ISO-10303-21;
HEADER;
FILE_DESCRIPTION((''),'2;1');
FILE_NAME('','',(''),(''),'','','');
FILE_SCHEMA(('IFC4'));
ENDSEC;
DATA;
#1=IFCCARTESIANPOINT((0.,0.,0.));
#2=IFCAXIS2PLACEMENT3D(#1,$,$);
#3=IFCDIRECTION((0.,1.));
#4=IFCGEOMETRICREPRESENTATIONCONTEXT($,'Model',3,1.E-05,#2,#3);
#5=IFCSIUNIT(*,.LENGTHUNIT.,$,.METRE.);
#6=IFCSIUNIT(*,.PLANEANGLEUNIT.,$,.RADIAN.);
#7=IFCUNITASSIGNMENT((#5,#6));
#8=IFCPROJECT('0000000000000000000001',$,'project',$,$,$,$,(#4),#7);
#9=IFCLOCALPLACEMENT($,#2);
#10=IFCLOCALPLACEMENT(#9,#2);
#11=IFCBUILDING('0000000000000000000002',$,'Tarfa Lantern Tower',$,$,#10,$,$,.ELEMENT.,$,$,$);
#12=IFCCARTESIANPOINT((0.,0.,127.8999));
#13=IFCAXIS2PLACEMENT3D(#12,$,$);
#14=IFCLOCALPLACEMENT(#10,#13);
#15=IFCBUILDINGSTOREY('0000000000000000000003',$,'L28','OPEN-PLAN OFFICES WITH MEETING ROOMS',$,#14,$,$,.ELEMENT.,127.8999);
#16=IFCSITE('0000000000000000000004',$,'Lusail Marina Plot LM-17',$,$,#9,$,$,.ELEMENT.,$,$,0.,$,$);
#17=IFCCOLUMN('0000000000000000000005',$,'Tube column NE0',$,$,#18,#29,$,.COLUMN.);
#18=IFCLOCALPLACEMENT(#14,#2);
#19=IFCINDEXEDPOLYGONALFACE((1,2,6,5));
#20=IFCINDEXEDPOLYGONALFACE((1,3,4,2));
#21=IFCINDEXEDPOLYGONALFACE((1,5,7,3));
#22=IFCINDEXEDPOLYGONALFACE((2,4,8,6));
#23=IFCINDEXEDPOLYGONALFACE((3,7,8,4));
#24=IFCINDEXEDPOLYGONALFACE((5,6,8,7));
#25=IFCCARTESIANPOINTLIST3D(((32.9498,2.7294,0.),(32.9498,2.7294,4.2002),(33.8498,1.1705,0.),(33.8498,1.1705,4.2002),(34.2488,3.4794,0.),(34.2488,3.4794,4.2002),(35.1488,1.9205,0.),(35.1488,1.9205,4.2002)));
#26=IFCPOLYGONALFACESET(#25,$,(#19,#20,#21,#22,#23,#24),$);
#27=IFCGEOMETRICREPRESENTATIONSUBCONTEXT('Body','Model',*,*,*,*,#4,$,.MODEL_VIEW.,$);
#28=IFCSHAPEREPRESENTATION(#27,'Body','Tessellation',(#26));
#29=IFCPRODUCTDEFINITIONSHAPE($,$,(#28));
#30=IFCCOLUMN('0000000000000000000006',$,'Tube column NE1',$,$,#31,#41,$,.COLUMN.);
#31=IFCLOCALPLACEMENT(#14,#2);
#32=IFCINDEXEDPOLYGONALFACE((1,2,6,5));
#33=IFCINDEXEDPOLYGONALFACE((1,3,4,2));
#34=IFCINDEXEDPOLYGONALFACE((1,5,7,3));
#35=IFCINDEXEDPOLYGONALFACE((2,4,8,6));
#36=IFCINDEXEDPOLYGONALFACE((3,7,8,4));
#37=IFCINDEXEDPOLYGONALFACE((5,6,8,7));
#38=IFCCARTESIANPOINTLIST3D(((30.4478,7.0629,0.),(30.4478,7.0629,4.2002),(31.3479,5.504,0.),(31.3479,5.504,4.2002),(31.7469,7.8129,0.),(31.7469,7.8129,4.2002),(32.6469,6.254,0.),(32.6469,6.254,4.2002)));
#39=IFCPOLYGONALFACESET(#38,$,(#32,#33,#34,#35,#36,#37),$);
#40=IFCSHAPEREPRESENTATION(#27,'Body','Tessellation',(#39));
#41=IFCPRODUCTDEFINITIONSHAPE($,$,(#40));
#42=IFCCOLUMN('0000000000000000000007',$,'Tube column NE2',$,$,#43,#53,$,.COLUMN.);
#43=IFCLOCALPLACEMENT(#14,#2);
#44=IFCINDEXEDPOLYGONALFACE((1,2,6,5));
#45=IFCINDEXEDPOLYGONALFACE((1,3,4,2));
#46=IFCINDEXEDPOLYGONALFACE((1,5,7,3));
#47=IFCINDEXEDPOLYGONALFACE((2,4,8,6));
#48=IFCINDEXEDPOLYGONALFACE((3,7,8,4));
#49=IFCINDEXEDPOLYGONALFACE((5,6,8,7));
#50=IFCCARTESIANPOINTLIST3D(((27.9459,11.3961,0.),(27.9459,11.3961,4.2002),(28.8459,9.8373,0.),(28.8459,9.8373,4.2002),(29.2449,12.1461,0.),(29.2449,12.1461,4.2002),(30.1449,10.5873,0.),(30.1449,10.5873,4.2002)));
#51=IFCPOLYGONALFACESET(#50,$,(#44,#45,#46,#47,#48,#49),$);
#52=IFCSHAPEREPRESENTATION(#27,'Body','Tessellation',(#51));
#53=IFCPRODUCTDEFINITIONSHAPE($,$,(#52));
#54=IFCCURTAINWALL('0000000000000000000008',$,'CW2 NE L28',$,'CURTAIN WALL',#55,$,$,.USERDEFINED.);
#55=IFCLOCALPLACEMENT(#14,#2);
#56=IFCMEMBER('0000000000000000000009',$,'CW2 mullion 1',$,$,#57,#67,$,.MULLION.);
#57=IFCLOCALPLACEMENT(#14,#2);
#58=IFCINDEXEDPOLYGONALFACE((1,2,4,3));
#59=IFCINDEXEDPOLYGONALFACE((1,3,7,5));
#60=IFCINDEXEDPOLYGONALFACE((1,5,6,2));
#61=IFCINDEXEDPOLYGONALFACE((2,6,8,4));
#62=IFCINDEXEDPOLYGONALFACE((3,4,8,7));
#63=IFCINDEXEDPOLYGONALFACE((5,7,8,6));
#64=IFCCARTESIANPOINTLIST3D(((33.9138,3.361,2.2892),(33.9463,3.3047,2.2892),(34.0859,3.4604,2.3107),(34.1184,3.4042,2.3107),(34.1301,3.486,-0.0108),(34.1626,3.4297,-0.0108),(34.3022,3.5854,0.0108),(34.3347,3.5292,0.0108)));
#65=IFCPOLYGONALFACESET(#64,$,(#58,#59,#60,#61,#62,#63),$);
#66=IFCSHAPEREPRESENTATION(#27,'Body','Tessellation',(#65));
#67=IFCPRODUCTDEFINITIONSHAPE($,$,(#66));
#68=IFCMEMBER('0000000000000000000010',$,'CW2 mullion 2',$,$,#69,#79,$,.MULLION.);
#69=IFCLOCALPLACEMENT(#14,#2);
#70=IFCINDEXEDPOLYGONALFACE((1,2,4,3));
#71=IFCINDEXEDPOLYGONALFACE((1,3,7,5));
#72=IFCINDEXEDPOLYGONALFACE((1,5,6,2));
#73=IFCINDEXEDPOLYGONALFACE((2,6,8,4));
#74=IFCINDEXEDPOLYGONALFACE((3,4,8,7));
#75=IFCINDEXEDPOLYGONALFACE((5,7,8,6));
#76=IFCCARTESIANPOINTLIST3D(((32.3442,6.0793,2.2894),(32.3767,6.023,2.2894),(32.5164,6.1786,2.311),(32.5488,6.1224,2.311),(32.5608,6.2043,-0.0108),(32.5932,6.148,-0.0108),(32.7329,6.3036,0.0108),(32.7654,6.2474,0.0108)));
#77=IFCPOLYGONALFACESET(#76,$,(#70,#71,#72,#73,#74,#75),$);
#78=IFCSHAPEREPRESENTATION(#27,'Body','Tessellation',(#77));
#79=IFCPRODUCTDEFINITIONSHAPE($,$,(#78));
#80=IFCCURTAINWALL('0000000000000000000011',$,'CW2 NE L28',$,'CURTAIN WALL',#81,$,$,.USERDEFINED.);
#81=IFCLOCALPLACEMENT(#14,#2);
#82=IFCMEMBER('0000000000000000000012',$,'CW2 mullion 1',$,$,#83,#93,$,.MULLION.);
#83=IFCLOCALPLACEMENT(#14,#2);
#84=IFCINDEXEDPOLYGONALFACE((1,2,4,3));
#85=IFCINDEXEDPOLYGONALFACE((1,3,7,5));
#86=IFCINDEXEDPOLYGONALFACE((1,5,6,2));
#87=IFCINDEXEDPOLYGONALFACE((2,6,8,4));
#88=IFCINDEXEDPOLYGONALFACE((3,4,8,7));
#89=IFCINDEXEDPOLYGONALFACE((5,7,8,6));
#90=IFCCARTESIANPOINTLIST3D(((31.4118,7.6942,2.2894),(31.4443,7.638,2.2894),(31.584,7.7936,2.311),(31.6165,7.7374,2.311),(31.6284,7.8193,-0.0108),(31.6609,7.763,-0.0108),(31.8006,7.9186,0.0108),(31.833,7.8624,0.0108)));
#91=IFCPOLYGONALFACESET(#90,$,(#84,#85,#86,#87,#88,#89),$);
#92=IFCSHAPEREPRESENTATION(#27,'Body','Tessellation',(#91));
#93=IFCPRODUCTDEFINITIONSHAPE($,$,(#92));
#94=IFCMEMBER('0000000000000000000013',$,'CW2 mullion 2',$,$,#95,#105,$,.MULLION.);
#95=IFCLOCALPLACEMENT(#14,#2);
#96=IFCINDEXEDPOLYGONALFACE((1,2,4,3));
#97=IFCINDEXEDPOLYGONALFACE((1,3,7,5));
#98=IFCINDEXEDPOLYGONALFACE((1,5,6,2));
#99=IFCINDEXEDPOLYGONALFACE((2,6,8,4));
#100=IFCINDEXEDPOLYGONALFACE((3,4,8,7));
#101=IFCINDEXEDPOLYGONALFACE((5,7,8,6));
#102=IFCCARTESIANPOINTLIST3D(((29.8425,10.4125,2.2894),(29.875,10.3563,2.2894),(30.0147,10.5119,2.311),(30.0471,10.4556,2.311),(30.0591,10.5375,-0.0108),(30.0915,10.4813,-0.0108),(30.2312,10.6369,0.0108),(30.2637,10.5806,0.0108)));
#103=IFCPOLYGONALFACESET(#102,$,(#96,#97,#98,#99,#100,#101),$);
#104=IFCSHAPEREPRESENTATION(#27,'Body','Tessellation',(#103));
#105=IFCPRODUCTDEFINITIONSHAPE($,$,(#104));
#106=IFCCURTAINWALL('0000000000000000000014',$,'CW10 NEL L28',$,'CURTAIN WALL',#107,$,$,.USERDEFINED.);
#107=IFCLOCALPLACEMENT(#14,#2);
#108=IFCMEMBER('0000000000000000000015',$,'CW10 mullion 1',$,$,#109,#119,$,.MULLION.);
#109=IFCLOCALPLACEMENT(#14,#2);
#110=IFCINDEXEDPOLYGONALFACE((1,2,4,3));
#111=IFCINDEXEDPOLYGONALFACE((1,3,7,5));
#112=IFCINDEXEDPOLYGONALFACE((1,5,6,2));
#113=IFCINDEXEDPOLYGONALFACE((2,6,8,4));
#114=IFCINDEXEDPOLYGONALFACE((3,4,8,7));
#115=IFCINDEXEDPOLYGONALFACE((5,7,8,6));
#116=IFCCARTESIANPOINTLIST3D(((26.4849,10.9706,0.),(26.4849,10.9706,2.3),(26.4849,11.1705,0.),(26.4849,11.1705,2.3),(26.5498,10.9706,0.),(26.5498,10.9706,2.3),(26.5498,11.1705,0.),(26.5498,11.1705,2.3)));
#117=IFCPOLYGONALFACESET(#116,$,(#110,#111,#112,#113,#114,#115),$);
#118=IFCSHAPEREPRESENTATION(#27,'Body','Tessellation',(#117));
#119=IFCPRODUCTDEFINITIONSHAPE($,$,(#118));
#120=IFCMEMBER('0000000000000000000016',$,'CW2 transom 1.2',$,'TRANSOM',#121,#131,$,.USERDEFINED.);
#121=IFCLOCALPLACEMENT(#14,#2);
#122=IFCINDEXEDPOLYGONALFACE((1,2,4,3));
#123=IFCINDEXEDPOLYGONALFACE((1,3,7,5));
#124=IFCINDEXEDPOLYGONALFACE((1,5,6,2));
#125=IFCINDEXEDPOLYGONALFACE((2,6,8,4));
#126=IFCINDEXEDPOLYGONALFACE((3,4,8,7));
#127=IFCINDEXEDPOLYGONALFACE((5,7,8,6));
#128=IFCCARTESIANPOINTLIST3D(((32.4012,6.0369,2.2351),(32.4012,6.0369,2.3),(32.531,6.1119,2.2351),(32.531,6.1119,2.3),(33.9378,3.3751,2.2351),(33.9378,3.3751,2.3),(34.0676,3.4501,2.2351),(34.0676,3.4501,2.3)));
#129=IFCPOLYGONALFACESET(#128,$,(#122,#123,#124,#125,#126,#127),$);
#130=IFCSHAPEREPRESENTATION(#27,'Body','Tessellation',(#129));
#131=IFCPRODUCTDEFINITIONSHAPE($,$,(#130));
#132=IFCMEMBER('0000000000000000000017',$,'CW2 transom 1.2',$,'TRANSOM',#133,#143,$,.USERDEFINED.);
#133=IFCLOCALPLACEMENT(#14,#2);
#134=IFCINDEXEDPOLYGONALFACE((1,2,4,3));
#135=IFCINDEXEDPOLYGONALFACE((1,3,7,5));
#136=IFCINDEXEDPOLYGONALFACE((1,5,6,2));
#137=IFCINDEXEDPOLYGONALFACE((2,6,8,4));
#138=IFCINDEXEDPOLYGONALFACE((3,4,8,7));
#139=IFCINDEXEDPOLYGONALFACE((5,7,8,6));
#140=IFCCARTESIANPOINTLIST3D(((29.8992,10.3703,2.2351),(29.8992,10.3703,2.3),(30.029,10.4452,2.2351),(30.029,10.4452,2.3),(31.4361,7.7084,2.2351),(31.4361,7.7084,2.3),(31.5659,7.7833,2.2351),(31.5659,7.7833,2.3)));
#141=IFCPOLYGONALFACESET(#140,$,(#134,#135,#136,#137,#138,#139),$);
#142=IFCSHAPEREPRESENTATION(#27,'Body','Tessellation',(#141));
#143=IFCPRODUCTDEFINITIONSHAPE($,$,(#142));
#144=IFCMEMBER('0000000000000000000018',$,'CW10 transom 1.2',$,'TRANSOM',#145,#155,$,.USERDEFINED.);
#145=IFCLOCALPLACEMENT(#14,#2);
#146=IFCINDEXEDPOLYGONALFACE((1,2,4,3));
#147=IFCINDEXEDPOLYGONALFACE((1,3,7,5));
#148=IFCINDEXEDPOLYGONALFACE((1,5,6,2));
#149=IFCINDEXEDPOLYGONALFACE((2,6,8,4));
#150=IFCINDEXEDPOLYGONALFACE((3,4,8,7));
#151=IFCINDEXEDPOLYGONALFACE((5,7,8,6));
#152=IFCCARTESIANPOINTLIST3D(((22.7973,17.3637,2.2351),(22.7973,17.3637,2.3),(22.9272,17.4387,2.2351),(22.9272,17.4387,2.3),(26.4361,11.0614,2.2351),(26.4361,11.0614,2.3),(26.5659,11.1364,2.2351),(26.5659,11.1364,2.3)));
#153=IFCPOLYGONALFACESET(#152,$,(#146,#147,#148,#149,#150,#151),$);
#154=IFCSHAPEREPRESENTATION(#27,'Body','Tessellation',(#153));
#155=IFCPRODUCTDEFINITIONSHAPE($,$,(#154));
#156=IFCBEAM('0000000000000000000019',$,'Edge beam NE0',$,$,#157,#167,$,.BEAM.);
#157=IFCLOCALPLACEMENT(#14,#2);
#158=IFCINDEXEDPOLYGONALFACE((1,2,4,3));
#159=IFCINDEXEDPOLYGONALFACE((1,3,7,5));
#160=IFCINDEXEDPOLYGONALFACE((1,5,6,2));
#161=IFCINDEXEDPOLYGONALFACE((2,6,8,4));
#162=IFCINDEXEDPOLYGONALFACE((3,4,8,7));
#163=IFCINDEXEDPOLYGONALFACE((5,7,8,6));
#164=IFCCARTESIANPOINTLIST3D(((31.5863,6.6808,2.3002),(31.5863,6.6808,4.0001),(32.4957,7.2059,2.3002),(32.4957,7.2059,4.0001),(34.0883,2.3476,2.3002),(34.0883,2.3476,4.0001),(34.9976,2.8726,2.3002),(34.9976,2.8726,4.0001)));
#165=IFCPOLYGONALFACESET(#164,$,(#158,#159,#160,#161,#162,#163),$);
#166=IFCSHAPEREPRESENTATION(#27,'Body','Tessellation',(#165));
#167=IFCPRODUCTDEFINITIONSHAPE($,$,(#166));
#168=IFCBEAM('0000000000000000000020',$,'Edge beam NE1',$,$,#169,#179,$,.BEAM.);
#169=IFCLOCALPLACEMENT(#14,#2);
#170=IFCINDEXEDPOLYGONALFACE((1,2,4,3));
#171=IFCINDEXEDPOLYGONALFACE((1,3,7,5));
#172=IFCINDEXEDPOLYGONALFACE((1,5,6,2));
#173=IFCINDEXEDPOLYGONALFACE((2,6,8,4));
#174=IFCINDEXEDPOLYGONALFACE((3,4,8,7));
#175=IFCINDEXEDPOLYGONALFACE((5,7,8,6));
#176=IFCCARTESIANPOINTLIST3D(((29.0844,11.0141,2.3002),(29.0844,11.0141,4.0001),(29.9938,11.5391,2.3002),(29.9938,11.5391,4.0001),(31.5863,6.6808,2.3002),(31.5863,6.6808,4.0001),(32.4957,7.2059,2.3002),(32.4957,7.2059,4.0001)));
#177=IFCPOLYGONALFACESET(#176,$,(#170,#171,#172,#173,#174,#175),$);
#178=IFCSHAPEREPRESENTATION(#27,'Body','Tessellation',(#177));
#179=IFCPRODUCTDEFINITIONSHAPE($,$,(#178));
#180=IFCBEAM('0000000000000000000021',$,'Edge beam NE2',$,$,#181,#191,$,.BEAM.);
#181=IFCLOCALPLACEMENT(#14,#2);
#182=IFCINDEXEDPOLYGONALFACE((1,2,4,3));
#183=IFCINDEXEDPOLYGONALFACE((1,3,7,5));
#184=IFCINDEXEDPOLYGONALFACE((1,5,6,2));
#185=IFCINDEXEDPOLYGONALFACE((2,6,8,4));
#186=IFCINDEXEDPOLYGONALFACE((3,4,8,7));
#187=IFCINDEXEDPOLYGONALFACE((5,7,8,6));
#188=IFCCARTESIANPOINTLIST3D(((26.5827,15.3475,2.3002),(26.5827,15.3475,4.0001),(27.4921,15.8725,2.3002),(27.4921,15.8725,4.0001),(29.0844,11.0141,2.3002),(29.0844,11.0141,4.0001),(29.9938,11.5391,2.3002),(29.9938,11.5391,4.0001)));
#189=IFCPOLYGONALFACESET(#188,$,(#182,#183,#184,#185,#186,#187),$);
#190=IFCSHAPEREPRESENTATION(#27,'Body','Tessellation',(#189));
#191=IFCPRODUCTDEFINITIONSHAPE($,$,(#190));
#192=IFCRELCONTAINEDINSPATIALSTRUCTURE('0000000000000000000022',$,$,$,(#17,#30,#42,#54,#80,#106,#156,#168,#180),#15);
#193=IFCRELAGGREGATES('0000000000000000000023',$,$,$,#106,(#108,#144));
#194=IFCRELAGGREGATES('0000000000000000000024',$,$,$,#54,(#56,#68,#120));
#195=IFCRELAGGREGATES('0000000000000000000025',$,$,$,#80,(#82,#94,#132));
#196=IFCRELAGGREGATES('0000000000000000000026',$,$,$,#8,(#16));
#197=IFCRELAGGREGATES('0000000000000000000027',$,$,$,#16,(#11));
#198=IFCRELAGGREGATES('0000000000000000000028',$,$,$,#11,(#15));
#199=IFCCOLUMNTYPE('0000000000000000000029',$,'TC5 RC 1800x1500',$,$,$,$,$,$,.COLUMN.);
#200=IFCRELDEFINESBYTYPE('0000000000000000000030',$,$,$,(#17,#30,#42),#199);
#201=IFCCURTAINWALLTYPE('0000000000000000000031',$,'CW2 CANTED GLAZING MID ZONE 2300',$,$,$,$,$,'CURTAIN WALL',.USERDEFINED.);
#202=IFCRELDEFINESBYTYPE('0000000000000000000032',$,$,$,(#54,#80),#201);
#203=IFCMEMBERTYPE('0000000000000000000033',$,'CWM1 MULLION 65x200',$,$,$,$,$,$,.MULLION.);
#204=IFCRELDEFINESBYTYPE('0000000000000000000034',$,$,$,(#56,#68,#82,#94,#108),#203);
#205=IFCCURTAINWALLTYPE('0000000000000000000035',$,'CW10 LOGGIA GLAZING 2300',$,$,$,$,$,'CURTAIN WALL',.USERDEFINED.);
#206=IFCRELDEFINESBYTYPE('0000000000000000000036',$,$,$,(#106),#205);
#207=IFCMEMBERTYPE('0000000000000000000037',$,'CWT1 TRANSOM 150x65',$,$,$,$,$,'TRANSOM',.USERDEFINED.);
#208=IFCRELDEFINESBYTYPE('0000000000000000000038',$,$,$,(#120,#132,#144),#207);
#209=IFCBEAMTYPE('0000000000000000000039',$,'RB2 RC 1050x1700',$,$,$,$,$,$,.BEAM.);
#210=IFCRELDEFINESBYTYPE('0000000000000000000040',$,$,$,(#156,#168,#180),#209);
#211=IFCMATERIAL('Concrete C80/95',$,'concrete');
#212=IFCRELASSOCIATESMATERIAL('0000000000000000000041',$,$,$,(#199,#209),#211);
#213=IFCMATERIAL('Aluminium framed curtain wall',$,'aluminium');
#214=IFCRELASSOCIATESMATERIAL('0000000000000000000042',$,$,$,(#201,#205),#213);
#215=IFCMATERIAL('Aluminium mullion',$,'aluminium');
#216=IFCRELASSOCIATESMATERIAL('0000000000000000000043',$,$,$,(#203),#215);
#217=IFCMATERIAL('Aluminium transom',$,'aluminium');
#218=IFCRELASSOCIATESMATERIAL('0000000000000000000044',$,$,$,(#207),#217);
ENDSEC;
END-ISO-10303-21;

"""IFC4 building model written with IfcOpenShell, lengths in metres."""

from ifc_helpers import new_model, si_unit, direction, frame, origin, origin_2d, place, context, subcontext, project, spatial, rectangle, extrude, material, material_profile, profile_set, type_object, element, aggregate, save


model = new_model("IFC4")

# Units and contexts
model_context = context("Model", 3, precision=1e-05, world=origin(), true_north=direction((0.0, 1.0)))
body_context = subcontext(model_context, "Body", "Model", "MODEL_VIEW")
ifc_project = project(units=[si_unit("LENGTHUNIT", "METRE"), si_unit("PLANEANGLEUNIT", "RADIAN")], contexts=[model_context])

# Site, building, storey
site_placement = place(None, origin())
site = spatial("IfcSite", under=ifc_project, at=site_placement, Name="Lusail Marina Plot LM-17", CompositionType="ELEMENT", RefElevation=0.0)
building_placement = place(site_placement, origin())
building = spatial("IfcBuilding", under=site, at=building_placement, Name="Tarfa Lantern Tower", CompositionType="ELEMENT")
storey_placement = place(building_placement, frame((0.0, 0.0, 127.8999)))
storey = spatial("IfcBuildingStorey", under=building, at=storey_placement, Name="L28", Description="OPEN-PLAN OFFICES WITH MEETING ROOMS", CompositionType="ELEMENT", Elevation=127.8999)

# Columns
ifc_material_1 = material(Name="Concrete C80/95", Category="concrete")
ifc_material_profile_1 = material_profile(ifc_material_1, rectangle(XDim=1.8, YDim=1.5, at=origin_2d()), Name="RC 1800x1500")
ifc_profile_set_1 = profile_set([ifc_material_profile_1], Name="Concrete C80/95")
column_type = type_object("IfcColumnType", Name="TC5 RC 1800x1500", PredefinedType="COLUMN", material=ifc_profile_set_1)
for number, where, z_axis, x_axis, name in (
    (1, (34.0493, 2.325, 0.0), (0.0, 0.0, 1.0), (-0.5, 0.866025, 0.0), "Tube column NE0"),
    (2, (31.5474, 6.6584, 0.0), (0.0, 0.0, 1.0), (-0.5, 0.866025, 0.0), "Tube column NE1"),
    (3, (29.0454, 10.9917, 0.0), (0.0, 0.0, 1.0), (-0.5, 0.866025, 0.0), "Tube column NE2"),
):
    element("IfcColumn", number, at=place(storey_placement, frame(where, z_axis=z_axis, x_axis=x_axis)), inside=storey, type_object=column_type, Name=name, PredefinedType="COLUMN", context=body_context, shape_type="SweptSolid", body=[
        extrude(rectangle(XDim=1.8, YDim=1.5, at=origin_2d()), origin(), (0.0, 0.0, 1.0), 4.2002),
    ])

# Curtain walls, members
ifc_material_2 = material(Name="Aluminium framed curtain wall", Category="aluminium")
curtain_wall_type_1 = type_object("IfcCurtainWallType", Name="CW2 CANTED GLAZING MID ZONE 2300", ElementType="CURTAIN WALL", PredefinedType="USERDEFINED", material=ifc_material_2)
curtain_wall_1_placement = place(storey_placement, origin())
curtain_wall_1 = element("IfcCurtainWall", 4, at=curtain_wall_1_placement, inside=storey, type_object=curtain_wall_type_1, Name="CW2 NE L28", ObjectType="CURTAIN WALL", PredefinedType="USERDEFINED")
ifc_material_3 = material(Name="Aluminium mullion", Category="aluminium")
ifc_material_profile_2 = material_profile(ifc_material_3, rectangle(XDim=0.0649, YDim=0.2, at=origin_2d()), Name="AL MULLION 65x200")
ifc_profile_set_2 = profile_set([ifc_material_profile_2], Name="Aluminium mullion")
member_type_1 = type_object("IfcMemberType", Name="CWM1 MULLION 65x200", PredefinedType="MULLION", material=ifc_profile_set_2)
member_1_placement = place(storey_placement, frame((34.2324, 3.5076, 0.0), z_axis=(-0.093495, -0.054029, 0.994153), x_axis=(0.500343, -0.865827, 0.0)))
member_1 = element("IfcMember", 5, at=member_1_placement, type_object=member_type_1, Name="CW2 mullion 1", PredefinedType="MULLION", context=body_context, shape_type="SweptSolid", body=[
    extrude(rectangle(XDim=0.0649, YDim=0.2, at=origin_2d()), origin(), (0.0, 0.0, 1.0), 2.3135),
])
member_2_placement = place(storey_placement, frame((32.6631, 6.2258, 0.0), z_axis=(-0.0936, -0.054028, 0.994143), x_axis=(0.49992, -0.866072, 0.0)))
member_2 = element("IfcMember", 6, at=member_2_placement, type_object=member_type_1, Name="CW2 mullion 2", PredefinedType="MULLION", context=body_context, shape_type="SweptSolid", body=[
    extrude(rectangle(XDim=0.0649, YDim=0.2, at=origin_2d()), origin(), (0.0, 0.0, 1.0), 2.3137),
])
curtain_wall_2_placement = place(storey_placement, origin())
curtain_wall_2 = element("IfcCurtainWall", 7, at=curtain_wall_2_placement, inside=storey, type_object=curtain_wall_type_1, Name="CW2 NE L28", ObjectType="CURTAIN WALL", PredefinedType="USERDEFINED")
member_3_placement = place(storey_placement, frame((31.7307, 7.8408, 0.0), z_axis=(-0.0936, -0.054028, 0.994143), x_axis=(0.49992, -0.866072, 0.0)))
member_3 = element("IfcMember", 8, at=member_3_placement, type_object=member_type_1, Name="CW2 mullion 1", PredefinedType="MULLION", context=body_context, shape_type="SweptSolid", body=[
    extrude(rectangle(XDim=0.0649, YDim=0.2, at=origin_2d()), origin(), (0.0, 0.0, 1.0), 2.3137),
])
member_4_placement = place(storey_placement, frame((30.1614, 10.5591, 0.0), z_axis=(-0.0936, -0.054028, 0.994143), x_axis=(0.49992, -0.866072, 0.0)))
member_4 = element("IfcMember", 9, at=member_4_placement, type_object=member_type_1, Name="CW2 mullion 2", PredefinedType="MULLION", context=body_context, shape_type="SweptSolid", body=[
    extrude(rectangle(XDim=0.0649, YDim=0.2, at=origin_2d()), origin(), (0.0, 0.0, 1.0), 2.3137),
])

# Curtain wall, member
curtain_wall_type_2 = type_object("IfcCurtainWallType", Name="CW10 LOGGIA GLAZING 2300", ElementType="CURTAIN WALL", PredefinedType="USERDEFINED", material=ifc_material_2)
curtain_wall_3_placement = place(storey_placement, origin())
curtain_wall_3 = element("IfcCurtainWall", 10, at=curtain_wall_3_placement, inside=storey, type_object=curtain_wall_type_2, Name="CW10 NEL L28", ObjectType="CURTAIN WALL", PredefinedType="USERDEFINED")
member_5_placement = place(storey_placement, frame((26.5173, 11.0706, 0.0), z_axis=(0.0, 0.0, 1.0), x_axis=(1.0, 0.0, 0.0)))
member_5 = element("IfcMember", 11, at=member_5_placement, type_object=member_type_1, Name="CW10 mullion 1", PredefinedType="MULLION", context=body_context, shape_type="SweptSolid", body=[
    extrude(rectangle(XDim=0.0649, YDim=0.2, at=origin_2d()), origin(), (0.0, 0.0, 1.0), 2.3),
])

# Members
ifc_material_4 = material(Name="Aluminium transom", Category="aluminium")
ifc_material_profile_3 = material_profile(ifc_material_4, rectangle(XDim=0.1499, YDim=0.0649, at=origin_2d()), Name="AL TRANSOM 150x65")
ifc_profile_set_3 = profile_set([ifc_material_profile_3], Name="Aluminium transom")
member_type_2 = type_object("IfcMemberType", Name="CWT1 TRANSOM 150x65", ElementType="TRANSOM", PredefinedType="USERDEFINED", material=ifc_profile_set_3)
member_6_placement = place(storey_placement, frame((34.0027, 3.4126, 2.2676), z_axis=(-0.499949, 0.866055, 0.0), x_axis=(-0.866055, -0.499949, 0.0)))
member_6 = element("IfcMember", 12, at=member_6_placement, type_object=member_type_2, Name="CW2 transom 1.2", ObjectType="TRANSOM", PredefinedType="USERDEFINED", context=body_context, shape_type="SweptSolid", body=[
    extrude(rectangle(XDim=0.1499, YDim=0.0649, at=origin_2d()), origin(), (0.0, 0.0, 1.0), 3.0735),
])
member_7_placement = place(storey_placement, frame((31.501, 7.7458, 2.2676), z_axis=(-0.500009, 0.86602, 0.0), x_axis=(-0.86602, -0.500009, 0.0)))
member_7 = element("IfcMember", 13, at=member_7_placement, type_object=member_type_2, Name="CW2 transom 1.2", ObjectType="TRANSOM", PredefinedType="USERDEFINED", context=body_context, shape_type="SweptSolid", body=[
    extrude(rectangle(XDim=0.1499, YDim=0.0649, at=origin_2d()), origin(), (0.0, 0.0, 1.0), 3.0737),
])
member_8_placement = place(storey_placement, frame((26.501, 11.0989, 2.2676), z_axis=(-0.500007, 0.866021, 0.0), x_axis=(-0.866021, -0.500007, 0.0)))
member_8 = element("IfcMember", 14, at=member_8_placement, type_object=member_type_2, Name="CW10 transom 1.2", ObjectType="TRANSOM", PredefinedType="USERDEFINED", context=body_context, shape_type="SweptSolid", body=[
    extrude(rectangle(XDim=0.1499, YDim=0.0649, at=origin_2d()), origin(), (0.0, 0.0, 1.0), 7.2773),
])
aggregate(curtain_wall_3, [member_5, member_8])

# Beams
ifc_material_profile_4 = material_profile(ifc_material_1, rectangle(XDim=1.05, YDim=1.7, at=origin_2d()), Name="RC 1050x1700")
ifc_profile_set_4 = profile_set([ifc_material_profile_4], Name="Concrete C80/95")
beam_type_1 = type_object("IfcBeamType", Name="RB2 RC 1050x1700", PredefinedType="BEAM", material=ifc_profile_set_4)
for number, where, z_axis, x_axis, name in (
    (15, (34.543, 2.6101, 3.1501), (-0.500022, 0.866013, 0.0), (-0.866013, -0.500022, 0.0), "Edge beam NE0"),
    (16, (32.041, 6.9434, 3.1501), (-0.500022, 0.866013, 0.0), (-0.866013, -0.500022, 0.0), "Edge beam NE1"),
    (17, (29.5391, 11.2766, 3.1501), (-0.499965, 0.866046, 0.0), (-0.866046, -0.499965, 0.0), "Edge beam NE2"),
):
    element("IfcBeam", number, at=place(storey_placement, frame(where, z_axis=z_axis, x_axis=x_axis)), inside=storey, type_object=beam_type_1, Name=name, PredefinedType="BEAM", context=body_context, shape_type="SweptSolid", body=[
        extrude(rectangle(XDim=1.05, YDim=1.7, at=origin_2d()), origin(), (0.0, 0.0, 1.0), 5.0037),
    ])

aggregate(curtain_wall_1, [member_1, member_2, member_6])
aggregate(curtain_wall_2, [member_3, member_4, member_7])

save(model, "model.ifc")
